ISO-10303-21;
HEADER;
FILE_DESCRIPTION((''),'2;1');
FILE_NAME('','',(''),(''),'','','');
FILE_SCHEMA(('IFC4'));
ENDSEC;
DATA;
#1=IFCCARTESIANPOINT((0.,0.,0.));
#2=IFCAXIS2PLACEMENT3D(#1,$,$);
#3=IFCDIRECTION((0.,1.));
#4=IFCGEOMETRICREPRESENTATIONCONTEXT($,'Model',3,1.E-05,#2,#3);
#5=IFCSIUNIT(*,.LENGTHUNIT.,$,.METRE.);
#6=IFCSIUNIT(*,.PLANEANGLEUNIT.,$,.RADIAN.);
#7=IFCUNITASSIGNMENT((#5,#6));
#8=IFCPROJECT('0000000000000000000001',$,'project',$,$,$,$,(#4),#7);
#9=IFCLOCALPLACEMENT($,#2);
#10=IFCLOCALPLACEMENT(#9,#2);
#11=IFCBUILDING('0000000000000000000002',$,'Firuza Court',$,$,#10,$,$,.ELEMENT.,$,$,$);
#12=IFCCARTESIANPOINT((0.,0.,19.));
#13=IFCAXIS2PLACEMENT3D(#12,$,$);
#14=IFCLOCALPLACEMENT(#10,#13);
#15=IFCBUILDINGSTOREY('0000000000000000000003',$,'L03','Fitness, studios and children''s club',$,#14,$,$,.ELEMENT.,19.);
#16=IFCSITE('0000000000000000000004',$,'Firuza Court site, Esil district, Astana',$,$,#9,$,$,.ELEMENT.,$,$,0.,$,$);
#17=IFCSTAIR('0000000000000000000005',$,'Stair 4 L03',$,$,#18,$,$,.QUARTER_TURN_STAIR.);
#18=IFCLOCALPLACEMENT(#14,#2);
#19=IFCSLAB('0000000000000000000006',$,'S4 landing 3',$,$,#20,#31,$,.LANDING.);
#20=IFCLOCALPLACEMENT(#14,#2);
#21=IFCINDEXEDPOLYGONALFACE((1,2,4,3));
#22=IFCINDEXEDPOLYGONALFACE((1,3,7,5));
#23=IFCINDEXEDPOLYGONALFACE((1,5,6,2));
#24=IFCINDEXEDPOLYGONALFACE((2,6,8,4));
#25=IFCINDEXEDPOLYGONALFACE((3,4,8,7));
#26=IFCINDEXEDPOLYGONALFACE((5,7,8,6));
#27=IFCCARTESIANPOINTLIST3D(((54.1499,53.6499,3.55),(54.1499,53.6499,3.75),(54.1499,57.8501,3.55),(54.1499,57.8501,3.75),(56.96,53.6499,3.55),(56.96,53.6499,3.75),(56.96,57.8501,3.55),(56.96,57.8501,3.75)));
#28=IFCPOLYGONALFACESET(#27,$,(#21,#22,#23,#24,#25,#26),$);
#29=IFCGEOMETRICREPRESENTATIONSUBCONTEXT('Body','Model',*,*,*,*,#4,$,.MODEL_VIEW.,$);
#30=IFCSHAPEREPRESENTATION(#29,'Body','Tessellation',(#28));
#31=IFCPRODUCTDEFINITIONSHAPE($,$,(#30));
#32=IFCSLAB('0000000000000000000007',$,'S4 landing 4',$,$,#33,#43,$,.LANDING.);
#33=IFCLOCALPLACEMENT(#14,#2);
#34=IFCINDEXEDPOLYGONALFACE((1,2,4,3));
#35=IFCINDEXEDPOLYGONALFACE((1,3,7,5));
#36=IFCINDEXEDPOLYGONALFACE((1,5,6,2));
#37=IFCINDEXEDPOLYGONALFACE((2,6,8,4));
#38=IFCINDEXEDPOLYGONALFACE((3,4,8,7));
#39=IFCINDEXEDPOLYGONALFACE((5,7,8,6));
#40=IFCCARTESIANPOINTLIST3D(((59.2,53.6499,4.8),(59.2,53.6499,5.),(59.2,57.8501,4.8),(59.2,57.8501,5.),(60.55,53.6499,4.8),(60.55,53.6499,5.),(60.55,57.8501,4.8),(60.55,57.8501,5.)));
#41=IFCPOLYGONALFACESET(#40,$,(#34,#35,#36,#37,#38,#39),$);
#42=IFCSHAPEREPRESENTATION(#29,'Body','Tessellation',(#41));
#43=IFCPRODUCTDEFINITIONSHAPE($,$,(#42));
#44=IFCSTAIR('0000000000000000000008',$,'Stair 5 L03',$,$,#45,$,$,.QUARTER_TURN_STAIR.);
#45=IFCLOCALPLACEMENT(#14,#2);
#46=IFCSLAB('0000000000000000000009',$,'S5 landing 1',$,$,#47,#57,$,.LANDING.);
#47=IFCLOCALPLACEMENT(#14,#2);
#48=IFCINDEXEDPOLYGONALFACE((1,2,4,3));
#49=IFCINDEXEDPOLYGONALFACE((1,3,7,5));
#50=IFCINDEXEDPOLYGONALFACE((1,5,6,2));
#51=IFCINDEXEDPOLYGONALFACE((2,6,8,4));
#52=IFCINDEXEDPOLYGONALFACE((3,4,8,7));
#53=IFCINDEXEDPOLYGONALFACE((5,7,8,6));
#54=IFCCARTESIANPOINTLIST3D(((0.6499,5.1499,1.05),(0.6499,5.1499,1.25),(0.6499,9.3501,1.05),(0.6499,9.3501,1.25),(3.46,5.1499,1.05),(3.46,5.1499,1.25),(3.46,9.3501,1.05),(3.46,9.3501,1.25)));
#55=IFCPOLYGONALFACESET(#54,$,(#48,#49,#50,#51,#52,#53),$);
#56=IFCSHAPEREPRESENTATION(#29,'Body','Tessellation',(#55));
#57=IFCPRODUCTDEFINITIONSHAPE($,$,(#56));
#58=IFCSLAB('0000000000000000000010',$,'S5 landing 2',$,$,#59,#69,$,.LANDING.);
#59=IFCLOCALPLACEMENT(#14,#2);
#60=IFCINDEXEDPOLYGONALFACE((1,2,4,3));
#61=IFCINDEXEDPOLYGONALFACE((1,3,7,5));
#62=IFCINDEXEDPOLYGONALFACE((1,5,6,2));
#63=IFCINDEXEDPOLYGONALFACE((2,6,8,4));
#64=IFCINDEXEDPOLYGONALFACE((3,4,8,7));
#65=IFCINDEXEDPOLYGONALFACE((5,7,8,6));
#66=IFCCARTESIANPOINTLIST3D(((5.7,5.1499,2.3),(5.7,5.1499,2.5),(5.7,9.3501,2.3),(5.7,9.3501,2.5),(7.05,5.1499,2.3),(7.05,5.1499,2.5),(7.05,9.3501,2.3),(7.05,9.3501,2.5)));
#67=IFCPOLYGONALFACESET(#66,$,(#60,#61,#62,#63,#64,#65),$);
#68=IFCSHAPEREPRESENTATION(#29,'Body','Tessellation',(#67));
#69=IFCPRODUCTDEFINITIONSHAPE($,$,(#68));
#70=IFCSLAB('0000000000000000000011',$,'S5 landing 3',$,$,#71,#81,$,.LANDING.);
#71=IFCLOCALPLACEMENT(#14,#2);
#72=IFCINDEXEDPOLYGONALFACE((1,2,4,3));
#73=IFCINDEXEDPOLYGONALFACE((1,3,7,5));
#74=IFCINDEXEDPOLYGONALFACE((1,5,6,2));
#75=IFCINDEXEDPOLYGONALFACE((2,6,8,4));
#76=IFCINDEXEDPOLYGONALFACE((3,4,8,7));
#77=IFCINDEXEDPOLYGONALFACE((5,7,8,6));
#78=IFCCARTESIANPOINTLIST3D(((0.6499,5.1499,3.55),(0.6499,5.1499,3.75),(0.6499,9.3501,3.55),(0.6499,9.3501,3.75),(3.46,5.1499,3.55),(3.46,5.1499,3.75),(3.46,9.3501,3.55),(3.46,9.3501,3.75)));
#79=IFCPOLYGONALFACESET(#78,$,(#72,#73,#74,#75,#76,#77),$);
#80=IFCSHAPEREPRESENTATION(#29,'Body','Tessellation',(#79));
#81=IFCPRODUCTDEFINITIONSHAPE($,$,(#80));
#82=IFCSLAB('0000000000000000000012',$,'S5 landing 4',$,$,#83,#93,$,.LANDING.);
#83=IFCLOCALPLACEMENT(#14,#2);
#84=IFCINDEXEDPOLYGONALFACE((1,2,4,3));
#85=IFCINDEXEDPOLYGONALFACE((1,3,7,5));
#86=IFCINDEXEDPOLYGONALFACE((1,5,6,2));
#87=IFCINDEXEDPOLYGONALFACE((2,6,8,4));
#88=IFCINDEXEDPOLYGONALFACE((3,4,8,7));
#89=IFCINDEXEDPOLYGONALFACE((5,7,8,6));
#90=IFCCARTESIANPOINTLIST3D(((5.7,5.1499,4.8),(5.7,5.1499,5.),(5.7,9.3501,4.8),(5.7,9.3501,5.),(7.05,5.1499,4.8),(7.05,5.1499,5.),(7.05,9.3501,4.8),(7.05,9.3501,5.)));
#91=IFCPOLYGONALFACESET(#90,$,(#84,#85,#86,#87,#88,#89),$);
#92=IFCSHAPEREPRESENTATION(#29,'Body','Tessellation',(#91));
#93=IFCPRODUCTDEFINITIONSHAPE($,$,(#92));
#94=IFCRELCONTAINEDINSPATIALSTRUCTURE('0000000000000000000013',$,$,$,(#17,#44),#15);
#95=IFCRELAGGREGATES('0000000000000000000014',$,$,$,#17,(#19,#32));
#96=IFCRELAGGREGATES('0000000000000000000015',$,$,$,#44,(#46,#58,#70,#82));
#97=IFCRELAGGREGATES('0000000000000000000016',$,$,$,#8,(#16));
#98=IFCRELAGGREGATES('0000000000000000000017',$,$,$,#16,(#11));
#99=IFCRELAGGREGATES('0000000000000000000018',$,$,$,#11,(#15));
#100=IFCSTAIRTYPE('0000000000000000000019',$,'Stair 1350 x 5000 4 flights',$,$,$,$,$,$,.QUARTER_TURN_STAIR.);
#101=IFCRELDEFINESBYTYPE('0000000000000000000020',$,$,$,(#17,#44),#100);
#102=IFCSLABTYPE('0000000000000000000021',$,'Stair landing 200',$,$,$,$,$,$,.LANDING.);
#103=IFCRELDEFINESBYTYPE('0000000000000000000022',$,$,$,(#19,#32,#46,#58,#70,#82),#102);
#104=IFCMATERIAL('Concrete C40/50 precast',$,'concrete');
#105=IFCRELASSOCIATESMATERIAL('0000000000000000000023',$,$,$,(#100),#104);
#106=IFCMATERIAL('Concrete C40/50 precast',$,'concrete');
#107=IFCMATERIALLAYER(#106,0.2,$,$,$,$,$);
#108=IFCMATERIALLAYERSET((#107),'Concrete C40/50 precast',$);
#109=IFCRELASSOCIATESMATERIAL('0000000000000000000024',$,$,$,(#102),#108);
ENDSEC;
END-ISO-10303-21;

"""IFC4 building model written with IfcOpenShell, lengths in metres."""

from ifc_helpers import new_model, si_unit, direction, frame, origin, place, context, subcontext, project, spatial, polyline, outline, extrude, material, layer, layer_set, type_object, element, aggregate, save


model = new_model("IFC4")

# Units and contexts
model_context = context("Model", 3, precision=1e-05, world=origin(), true_north=direction((0.0, 1.0)))
body_context = subcontext(model_context, "Body", "Model", "MODEL_VIEW")
ifc_project = project(units=[si_unit("LENGTHUNIT", "METRE"), si_unit("PLANEANGLEUNIT", "RADIAN")], contexts=[model_context])

# Site, building, storey
site_placement = place(None, origin())
site = spatial("IfcSite", under=ifc_project, at=site_placement, Name="Firuza Court site, Esil district, Astana", CompositionType="ELEMENT", RefElevation=0.0)
building_placement = place(site_placement, origin())
building = spatial("IfcBuilding", under=site, at=building_placement, Name="Firuza Court", CompositionType="ELEMENT")
storey_placement = place(building_placement, frame((0.0, 0.0, 19.0)))
storey = spatial("IfcBuildingStorey", under=building, at=storey_placement, Name="L03", Description="Fitness, studios and children's club", CompositionType="ELEMENT", Elevation=19.0)

# Stairs, slabs
ifc_material_1 = material(Name="Concrete C40/50 precast", Category="concrete")
stair_type_1 = type_object("IfcStairType", Name="Stair 1350 x 5000 4 flights", PredefinedType="QUARTER_TURN_STAIR", material=ifc_material_1)
ifc_material_2 = material(Name="Concrete C40/50 precast", Category="concrete")
ifc_layer_1 = layer(ifc_material_2, 0.2)
ifc_layer_set_1 = layer_set([ifc_layer_1], Name="Concrete C40/50 precast")
slab_type_1 = type_object("IfcSlabType", Name="Stair landing 200", PredefinedType="LANDING", material=ifc_layer_set_1)
stair_1_placement = place(storey_placement, origin())
stair_1 = element("IfcStair", 1, at=stair_1_placement, inside=storey, type_object=stair_type_1, Name="Stair 4 L03", PredefinedType="QUARTER_TURN_STAIR")
slab_1_placement = place(storey_placement, frame((0.0, 0.0, 3.55)))
slab_1 = element("IfcSlab", 2, at=slab_1_placement, type_object=slab_type_1, Name="S4 landing 3", PredefinedType="LANDING", context=body_context, shape_type="SweptSolid", body=[
    extrude(outline(polyline([(56.96, 53.6499), (56.96, 57.8501), (54.1499, 57.8501), (54.1499, 53.6499), (56.96, 53.6499)])), origin(), (0.0, 0.0, 1.0), 0.2),
])
slab_2_placement = place(storey_placement, frame((0.0, 0.0, 4.8)))
slab_2 = element("IfcSlab", 3, at=slab_2_placement, type_object=slab_type_1, Name="S4 landing 4", PredefinedType="LANDING", context=body_context, shape_type="SweptSolid", body=[
    extrude(outline(polyline([(60.55, 53.6499), (60.55, 57.8501), (59.2, 57.8501), (59.2, 53.6499), (60.55, 53.6499)])), origin(), (0.0, 0.0, 1.0), 0.2),
])
aggregate(stair_1, [slab_1, slab_2])
stair_2_placement = place(storey_placement, origin())
stair_2 = element("IfcStair", 4, at=stair_2_placement, inside=storey, type_object=stair_type_1, Name="Stair 5 L03", PredefinedType="QUARTER_TURN_STAIR")
slab_3_placement = place(storey_placement, frame((0.0, 0.0, 1.05)))
slab_3 = element("IfcSlab", 5, at=slab_3_placement, type_object=slab_type_1, Name="S5 landing 1", PredefinedType="LANDING", context=body_context, shape_type="SweptSolid", body=[
    extrude(outline(polyline([(3.46, 5.1499), (3.46, 9.3501), (0.6499, 9.3501), (0.6499, 5.1499), (3.46, 5.1499)])), origin(), (0.0, 0.0, 1.0), 0.2),
])
slab_4_placement = place(storey_placement, frame((0.0, 0.0, 2.3)))
slab_4 = element("IfcSlab", 6, at=slab_4_placement, type_object=slab_type_1, Name="S5 landing 2", PredefinedType="LANDING", context=body_context, shape_type="SweptSolid", body=[
    extrude(outline(polyline([(7.05, 5.1499), (7.05, 9.3501), (5.7, 9.3501), (5.7, 5.1499), (7.05, 5.1499)])), origin(), (0.0, 0.0, 1.0), 0.2),
])
slab_5_placement = place(storey_placement, frame((0.0, 0.0, 3.55)))
slab_5 = element("IfcSlab", 7, at=slab_5_placement, type_object=slab_type_1, Name="S5 landing 3", PredefinedType="LANDING", context=body_context, shape_type="SweptSolid", body=[
    extrude(outline(polyline([(3.46, 5.1499), (3.46, 9.3501), (0.6499, 9.3501), (0.6499, 5.1499), (3.46, 5.1499)])), origin(), (0.0, 0.0, 1.0), 0.2),
])
slab_6_placement = place(storey_placement, frame((0.0, 0.0, 4.8)))
slab_6 = element("IfcSlab", 8, at=slab_6_placement, type_object=slab_type_1, Name="S5 landing 4", PredefinedType="LANDING", context=body_context, shape_type="SweptSolid", body=[
    extrude(outline(polyline([(7.05, 5.1499), (7.05, 9.3501), (5.7, 9.3501), (5.7, 5.1499), (7.05, 5.1499)])), origin(), (0.0, 0.0, 1.0), 0.2),
])
aggregate(stair_2, [slab_3, slab_4, slab_5, slab_6])

save(model, "model.ifc")
